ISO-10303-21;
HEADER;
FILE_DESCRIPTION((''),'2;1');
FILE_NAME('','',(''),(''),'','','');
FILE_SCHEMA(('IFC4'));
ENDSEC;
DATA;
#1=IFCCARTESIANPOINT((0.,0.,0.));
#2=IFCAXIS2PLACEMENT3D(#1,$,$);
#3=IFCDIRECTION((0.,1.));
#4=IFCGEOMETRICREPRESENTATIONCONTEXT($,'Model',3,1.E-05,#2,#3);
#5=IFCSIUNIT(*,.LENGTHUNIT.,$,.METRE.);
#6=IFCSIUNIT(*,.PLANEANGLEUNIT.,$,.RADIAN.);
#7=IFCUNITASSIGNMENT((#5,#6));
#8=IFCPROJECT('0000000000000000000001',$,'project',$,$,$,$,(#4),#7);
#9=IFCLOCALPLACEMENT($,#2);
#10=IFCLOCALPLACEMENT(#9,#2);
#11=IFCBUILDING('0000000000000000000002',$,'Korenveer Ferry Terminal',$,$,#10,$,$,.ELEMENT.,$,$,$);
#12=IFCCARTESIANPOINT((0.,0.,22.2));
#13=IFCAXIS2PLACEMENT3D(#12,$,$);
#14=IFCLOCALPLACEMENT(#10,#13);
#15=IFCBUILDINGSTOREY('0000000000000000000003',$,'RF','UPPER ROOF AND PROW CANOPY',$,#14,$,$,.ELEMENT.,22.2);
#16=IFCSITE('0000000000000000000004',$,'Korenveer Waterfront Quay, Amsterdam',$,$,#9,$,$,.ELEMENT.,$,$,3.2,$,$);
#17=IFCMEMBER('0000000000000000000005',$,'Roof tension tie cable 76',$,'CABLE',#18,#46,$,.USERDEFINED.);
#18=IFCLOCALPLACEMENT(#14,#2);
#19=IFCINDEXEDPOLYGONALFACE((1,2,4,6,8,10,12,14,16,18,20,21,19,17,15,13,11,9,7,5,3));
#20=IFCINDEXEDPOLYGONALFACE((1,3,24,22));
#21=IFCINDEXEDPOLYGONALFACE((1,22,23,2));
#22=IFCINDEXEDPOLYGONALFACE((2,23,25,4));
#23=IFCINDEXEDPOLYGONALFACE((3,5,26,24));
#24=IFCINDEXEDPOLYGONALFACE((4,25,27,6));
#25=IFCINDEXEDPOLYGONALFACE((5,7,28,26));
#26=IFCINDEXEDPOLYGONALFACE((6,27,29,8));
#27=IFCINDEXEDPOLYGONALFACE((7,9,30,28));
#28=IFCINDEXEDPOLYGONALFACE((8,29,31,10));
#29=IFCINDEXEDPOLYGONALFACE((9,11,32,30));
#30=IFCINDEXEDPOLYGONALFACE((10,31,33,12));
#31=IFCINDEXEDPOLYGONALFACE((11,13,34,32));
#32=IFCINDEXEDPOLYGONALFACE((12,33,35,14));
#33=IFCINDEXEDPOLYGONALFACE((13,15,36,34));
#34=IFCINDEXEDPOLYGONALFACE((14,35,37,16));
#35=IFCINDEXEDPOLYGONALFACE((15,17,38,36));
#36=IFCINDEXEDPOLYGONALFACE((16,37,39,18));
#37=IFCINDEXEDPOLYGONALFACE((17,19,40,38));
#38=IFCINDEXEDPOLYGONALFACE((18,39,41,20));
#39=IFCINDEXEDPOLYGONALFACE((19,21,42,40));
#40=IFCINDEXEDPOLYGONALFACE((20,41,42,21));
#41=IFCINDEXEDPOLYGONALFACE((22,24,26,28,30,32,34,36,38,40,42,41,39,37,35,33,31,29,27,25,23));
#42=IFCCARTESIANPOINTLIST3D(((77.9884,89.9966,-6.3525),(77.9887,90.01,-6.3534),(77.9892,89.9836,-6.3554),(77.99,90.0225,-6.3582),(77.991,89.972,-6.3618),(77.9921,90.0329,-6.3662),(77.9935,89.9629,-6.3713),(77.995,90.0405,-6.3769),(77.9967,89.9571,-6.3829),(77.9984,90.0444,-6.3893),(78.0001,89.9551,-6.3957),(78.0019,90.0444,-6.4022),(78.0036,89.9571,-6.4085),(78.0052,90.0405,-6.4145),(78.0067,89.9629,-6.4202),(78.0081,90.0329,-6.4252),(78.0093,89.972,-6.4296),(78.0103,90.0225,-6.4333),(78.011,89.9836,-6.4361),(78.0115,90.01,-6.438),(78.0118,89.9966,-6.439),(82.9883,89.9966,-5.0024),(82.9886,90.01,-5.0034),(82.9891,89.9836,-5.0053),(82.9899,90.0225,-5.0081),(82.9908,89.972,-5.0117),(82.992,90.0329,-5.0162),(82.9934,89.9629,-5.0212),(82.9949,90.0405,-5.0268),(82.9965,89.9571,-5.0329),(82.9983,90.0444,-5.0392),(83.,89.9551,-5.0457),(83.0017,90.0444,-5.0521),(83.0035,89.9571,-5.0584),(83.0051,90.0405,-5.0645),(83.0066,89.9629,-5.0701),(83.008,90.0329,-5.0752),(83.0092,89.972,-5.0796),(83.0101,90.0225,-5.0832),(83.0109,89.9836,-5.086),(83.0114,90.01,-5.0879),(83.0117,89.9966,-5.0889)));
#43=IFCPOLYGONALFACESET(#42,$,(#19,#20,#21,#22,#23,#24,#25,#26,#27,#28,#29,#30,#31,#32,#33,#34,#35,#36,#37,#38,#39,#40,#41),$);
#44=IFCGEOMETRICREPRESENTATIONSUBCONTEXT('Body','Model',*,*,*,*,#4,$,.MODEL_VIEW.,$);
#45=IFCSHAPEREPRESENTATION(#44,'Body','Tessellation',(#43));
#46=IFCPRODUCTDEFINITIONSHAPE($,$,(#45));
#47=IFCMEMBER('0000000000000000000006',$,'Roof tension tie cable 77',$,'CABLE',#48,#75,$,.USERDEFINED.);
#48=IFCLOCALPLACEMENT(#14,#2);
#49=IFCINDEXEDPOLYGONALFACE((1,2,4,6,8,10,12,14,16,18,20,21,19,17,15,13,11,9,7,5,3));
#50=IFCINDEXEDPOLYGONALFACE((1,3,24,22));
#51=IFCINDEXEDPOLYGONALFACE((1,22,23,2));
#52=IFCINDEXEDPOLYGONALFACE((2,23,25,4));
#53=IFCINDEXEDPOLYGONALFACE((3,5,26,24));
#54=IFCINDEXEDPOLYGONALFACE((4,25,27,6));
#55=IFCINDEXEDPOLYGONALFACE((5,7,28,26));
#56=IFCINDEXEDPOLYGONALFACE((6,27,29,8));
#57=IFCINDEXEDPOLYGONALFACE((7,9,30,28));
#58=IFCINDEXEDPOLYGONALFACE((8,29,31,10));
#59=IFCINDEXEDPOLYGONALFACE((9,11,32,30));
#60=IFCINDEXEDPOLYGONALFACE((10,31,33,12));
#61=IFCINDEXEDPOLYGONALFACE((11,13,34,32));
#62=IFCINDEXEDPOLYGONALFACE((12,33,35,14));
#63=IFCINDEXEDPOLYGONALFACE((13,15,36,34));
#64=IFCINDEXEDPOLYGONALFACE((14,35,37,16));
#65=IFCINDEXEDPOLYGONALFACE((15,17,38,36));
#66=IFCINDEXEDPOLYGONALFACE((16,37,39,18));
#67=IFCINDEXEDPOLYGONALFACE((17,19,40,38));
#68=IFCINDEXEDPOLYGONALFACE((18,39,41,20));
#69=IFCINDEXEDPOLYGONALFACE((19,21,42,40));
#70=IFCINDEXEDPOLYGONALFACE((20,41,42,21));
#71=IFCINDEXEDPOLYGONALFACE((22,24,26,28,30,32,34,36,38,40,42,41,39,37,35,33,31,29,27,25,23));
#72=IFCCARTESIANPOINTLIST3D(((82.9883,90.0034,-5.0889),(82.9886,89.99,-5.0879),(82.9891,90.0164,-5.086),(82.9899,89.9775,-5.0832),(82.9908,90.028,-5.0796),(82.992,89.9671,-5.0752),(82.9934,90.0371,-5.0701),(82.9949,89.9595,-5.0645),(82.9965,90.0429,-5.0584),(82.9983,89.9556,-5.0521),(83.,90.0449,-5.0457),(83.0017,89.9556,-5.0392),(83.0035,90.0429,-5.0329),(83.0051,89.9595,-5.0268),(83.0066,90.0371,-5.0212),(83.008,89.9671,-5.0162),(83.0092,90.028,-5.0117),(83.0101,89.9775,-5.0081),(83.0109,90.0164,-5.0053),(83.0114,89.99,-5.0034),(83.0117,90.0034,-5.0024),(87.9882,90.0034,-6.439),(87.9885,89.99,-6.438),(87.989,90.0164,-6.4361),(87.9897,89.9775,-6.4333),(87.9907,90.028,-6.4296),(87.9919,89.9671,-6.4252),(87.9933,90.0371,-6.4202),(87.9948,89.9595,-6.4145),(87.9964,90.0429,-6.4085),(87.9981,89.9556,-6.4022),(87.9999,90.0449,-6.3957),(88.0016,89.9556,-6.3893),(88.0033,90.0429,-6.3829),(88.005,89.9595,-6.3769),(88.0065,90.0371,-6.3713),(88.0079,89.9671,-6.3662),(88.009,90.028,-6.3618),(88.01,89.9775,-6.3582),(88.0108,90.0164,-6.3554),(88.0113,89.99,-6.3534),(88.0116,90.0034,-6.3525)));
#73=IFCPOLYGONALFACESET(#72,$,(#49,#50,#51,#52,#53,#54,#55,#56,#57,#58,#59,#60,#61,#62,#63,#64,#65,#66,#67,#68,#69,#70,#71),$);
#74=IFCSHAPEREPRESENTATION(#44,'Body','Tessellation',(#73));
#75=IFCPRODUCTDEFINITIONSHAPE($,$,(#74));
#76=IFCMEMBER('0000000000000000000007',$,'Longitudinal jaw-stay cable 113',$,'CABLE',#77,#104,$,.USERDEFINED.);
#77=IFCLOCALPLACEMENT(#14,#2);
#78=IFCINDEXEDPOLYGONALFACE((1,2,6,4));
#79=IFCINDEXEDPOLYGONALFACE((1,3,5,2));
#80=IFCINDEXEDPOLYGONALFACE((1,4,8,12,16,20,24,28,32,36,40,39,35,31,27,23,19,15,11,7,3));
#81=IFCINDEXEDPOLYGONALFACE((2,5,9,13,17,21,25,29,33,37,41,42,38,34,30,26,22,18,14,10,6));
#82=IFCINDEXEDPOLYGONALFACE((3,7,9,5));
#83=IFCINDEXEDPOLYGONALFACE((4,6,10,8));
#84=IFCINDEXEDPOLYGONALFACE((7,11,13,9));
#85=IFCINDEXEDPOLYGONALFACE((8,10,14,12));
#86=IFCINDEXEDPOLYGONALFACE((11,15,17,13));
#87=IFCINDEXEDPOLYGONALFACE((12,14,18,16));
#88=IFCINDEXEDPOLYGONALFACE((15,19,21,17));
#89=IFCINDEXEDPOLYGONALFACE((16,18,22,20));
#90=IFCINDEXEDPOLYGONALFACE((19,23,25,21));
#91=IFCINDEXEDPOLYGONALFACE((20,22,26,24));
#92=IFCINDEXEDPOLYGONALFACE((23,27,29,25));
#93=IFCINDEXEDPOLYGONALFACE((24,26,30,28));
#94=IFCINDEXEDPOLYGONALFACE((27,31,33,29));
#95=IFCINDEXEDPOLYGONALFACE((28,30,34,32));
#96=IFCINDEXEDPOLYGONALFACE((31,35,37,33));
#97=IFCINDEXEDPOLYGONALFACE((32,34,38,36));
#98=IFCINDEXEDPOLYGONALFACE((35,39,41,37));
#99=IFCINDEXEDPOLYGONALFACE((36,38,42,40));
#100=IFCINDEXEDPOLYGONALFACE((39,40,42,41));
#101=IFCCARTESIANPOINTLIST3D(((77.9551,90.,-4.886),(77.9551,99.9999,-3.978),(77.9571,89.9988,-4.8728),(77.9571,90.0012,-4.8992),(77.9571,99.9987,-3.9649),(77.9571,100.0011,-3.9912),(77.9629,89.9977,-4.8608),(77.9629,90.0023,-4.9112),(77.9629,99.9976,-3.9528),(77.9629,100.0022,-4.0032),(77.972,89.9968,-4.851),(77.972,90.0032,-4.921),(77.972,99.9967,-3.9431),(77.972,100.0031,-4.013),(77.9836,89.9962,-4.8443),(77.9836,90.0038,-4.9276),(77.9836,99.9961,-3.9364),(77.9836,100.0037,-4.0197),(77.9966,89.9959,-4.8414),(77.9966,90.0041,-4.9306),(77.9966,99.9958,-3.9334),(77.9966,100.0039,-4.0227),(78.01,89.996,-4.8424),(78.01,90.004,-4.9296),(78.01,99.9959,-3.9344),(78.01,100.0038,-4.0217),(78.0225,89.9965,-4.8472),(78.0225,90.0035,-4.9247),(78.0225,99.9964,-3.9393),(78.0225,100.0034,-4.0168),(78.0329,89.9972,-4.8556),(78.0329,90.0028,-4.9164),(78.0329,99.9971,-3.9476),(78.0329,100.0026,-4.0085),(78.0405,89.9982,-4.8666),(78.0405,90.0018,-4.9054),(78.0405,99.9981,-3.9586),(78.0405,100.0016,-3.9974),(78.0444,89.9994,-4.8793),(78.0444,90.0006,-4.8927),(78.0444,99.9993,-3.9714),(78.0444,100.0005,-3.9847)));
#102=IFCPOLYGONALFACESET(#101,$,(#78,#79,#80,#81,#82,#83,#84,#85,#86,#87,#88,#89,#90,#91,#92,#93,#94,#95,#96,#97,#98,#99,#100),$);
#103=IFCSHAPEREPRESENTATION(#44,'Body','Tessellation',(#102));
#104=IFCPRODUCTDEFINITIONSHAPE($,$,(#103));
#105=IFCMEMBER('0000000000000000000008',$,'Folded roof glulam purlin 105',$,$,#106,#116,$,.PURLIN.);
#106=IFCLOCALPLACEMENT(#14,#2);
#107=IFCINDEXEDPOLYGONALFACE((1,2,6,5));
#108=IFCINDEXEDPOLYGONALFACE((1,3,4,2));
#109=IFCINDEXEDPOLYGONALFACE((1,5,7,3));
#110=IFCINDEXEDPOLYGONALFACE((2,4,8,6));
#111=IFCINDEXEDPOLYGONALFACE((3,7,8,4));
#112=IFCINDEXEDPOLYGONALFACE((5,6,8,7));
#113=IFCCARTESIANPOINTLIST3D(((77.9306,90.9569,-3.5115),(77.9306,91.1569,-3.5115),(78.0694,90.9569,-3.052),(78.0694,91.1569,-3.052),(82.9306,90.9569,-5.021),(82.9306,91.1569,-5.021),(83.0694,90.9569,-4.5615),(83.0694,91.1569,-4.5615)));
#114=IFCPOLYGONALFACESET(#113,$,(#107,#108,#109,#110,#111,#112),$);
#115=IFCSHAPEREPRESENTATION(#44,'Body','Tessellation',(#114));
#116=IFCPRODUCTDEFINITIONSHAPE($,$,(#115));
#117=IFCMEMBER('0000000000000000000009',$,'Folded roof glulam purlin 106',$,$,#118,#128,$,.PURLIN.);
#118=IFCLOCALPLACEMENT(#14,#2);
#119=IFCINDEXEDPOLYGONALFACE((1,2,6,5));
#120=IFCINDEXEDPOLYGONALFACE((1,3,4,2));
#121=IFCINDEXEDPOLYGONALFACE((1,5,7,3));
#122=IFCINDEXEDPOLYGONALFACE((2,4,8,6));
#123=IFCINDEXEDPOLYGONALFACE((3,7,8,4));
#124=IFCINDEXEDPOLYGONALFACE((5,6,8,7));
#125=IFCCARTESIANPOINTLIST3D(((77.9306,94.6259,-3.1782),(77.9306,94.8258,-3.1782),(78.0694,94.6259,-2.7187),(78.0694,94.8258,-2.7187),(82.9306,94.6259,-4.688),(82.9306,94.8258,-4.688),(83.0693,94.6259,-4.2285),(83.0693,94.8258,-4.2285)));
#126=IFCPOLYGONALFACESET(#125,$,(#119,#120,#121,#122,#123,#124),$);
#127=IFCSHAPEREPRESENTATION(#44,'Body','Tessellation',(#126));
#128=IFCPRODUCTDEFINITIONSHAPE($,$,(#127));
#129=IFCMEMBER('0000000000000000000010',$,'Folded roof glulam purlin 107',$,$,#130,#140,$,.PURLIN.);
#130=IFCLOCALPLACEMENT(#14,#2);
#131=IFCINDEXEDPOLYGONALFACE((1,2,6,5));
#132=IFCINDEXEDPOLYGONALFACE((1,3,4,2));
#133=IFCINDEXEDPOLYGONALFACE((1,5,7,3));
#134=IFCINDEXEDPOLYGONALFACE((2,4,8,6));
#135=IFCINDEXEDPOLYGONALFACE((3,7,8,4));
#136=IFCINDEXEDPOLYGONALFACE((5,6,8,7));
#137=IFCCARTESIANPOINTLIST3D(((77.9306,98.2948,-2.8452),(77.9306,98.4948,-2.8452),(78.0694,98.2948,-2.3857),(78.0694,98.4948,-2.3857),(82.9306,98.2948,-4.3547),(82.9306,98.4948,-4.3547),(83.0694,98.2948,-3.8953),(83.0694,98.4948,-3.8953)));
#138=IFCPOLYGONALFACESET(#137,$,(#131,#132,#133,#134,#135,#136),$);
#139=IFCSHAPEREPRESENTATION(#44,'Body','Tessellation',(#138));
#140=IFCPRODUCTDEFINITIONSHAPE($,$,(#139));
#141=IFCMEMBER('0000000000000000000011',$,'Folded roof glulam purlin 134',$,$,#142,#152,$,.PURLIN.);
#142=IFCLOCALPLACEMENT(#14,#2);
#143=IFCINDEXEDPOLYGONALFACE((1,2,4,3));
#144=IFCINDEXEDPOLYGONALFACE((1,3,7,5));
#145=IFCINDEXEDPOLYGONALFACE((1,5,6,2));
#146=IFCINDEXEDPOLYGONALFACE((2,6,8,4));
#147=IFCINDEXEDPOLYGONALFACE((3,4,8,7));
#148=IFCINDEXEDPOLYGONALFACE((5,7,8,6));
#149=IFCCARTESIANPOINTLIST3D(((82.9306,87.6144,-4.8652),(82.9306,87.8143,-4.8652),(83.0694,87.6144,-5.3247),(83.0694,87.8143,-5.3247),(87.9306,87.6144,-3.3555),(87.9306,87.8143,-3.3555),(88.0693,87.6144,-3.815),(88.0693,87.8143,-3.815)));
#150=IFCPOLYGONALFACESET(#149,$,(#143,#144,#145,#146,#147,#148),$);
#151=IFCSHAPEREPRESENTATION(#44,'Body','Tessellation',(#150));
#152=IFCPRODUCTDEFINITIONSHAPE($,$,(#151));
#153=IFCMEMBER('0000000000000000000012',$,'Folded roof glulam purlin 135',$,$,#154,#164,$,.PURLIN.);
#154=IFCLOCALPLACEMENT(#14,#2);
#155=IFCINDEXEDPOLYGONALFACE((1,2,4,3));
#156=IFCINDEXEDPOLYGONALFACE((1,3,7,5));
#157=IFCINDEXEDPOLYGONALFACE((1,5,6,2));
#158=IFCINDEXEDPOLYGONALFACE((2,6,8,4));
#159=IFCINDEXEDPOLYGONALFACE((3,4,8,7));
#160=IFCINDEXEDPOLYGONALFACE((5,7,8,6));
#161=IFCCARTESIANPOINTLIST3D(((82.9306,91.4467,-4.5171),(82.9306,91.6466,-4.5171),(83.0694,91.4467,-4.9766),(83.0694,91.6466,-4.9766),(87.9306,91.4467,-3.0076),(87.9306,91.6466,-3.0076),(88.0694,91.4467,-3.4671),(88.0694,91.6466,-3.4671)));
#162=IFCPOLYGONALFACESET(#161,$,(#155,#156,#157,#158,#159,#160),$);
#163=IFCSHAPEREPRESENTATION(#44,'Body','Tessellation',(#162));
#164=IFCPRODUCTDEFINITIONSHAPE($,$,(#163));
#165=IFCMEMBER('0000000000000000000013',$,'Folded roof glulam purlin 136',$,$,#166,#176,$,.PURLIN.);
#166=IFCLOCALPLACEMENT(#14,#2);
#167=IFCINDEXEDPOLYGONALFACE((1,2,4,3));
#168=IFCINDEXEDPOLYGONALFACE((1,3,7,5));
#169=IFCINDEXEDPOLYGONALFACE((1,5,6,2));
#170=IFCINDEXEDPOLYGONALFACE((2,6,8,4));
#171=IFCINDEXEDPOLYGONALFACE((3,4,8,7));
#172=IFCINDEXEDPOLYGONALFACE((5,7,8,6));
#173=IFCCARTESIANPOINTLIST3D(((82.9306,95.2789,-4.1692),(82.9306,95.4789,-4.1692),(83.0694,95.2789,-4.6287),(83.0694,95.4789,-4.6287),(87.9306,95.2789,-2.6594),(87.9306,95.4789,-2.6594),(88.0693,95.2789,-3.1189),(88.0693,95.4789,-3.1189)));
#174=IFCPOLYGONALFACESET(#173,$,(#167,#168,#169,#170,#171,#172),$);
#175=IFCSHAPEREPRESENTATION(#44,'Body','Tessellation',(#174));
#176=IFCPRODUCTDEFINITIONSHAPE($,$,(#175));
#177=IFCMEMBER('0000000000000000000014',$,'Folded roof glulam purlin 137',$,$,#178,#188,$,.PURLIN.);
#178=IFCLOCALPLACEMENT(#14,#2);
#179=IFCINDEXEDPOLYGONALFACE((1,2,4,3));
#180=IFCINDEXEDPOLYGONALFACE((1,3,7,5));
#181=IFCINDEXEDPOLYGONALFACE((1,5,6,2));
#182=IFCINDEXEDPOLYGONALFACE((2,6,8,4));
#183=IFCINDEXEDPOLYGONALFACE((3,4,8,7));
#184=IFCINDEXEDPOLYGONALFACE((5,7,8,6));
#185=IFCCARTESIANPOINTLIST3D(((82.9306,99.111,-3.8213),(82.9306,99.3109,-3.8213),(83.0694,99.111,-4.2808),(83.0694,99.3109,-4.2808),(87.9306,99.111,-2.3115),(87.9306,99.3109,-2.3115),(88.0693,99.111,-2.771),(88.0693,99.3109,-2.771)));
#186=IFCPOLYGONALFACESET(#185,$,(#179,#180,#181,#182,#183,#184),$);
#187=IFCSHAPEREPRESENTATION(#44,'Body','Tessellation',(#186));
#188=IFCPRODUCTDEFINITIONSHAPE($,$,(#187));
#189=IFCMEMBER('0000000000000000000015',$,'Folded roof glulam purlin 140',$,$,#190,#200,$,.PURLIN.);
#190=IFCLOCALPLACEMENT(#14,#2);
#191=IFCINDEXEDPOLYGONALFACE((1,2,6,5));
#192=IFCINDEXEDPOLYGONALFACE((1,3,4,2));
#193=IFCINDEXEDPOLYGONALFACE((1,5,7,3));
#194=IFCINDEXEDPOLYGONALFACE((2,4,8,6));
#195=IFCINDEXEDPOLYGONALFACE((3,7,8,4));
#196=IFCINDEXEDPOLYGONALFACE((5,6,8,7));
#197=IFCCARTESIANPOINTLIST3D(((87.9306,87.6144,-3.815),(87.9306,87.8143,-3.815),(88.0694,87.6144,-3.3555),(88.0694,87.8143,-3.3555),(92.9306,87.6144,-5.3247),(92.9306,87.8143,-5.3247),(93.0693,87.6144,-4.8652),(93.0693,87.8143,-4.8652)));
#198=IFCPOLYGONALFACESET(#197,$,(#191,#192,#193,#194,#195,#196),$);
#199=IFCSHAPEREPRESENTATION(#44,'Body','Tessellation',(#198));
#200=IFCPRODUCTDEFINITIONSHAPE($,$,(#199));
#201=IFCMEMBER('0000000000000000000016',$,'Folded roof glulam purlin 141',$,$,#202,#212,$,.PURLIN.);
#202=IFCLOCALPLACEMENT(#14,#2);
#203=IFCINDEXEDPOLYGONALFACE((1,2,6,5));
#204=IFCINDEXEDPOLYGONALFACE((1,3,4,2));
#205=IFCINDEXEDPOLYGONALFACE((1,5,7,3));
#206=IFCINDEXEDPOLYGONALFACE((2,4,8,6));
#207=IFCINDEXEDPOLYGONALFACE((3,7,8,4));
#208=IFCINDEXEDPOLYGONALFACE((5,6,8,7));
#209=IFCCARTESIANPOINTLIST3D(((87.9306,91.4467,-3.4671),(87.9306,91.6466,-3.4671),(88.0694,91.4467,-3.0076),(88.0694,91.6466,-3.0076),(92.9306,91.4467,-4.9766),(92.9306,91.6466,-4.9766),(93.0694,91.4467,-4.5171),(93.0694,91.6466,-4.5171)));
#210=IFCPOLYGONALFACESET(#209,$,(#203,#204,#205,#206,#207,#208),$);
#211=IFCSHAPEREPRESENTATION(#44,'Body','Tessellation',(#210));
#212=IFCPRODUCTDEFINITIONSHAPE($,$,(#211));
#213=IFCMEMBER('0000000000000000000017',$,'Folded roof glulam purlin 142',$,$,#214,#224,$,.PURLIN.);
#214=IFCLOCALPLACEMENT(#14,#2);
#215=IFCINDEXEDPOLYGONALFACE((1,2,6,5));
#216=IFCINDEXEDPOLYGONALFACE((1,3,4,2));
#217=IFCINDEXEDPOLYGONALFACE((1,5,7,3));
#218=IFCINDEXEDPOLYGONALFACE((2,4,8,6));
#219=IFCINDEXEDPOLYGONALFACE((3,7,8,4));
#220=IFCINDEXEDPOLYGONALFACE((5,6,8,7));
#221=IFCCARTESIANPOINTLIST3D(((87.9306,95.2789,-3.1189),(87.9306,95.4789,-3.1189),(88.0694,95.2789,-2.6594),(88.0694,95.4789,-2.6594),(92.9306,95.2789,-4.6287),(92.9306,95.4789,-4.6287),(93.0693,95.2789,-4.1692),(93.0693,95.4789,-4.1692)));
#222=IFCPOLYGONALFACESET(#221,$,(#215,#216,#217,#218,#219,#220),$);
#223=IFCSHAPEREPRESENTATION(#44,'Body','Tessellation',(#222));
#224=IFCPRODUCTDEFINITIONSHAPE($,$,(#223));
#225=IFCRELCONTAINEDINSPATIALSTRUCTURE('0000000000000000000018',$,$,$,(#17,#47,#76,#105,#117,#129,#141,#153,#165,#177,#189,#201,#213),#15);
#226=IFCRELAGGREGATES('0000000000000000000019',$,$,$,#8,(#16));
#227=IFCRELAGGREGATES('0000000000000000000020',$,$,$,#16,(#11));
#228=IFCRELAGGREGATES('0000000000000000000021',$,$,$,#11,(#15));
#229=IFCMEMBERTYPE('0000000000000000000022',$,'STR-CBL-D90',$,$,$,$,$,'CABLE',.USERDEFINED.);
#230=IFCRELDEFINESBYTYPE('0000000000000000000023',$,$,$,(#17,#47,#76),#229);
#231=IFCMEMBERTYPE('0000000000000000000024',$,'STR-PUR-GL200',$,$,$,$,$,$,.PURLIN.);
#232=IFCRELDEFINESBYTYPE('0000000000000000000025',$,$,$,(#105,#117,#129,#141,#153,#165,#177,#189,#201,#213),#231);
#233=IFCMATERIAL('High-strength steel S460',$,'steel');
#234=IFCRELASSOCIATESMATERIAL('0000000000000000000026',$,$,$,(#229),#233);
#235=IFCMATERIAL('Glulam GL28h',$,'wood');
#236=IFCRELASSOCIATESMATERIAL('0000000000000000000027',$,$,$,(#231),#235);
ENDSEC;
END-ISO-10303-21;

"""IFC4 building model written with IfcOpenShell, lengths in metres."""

from ifc_helpers import new_model, si_unit, direction, frame, origin, origin_2d, place, context, subcontext, project, spatial, rectangle, circle, extrude, material, material_profile, profile_set, type_object, element, save


model = new_model("IFC4")

# Units and contexts
model_context = context("Model", 3, precision=1e-05, world=origin(), true_north=direction((0.0, 1.0)))
body_context = subcontext(model_context, "Body", "Model", "MODEL_VIEW")
ifc_project = project(units=[si_unit("LENGTHUNIT", "METRE"), si_unit("PLANEANGLEUNIT", "RADIAN")], contexts=[model_context])

# Site, building, storey
site_placement = place(None, origin())
site = spatial("IfcSite", under=ifc_project, at=site_placement, Name="Korenveer Waterfront Quay, Amsterdam", CompositionType="ELEMENT", RefElevation=3.2)
building_placement = place(site_placement, origin())
building = spatial("IfcBuilding", under=site, at=building_placement, Name="Korenveer Ferry Terminal", CompositionType="ELEMENT")
storey_placement = place(building_placement, frame((0.0, 0.0, 22.2)))
storey = spatial("IfcBuildingStorey", under=building, at=storey_placement, Name="RF", Description="UPPER ROOF AND PROW CANOPY", CompositionType="ELEMENT", Elevation=22.2)

# Members
ifc_material_1 = material(Name="High-strength steel S460", Category="steel")
ifc_material_profile_1 = material_profile(ifc_material_1, circle(Radius=0.0449, at=origin_2d()), Name="ROD D90")
ifc_profile_set_1 = profile_set([ifc_material_profile_1], Name="High-strength steel S460")
member_type_1 = type_object("IfcMemberType", Name="STR-CBL-D90", ElementType="CABLE", PredefinedType="USERDEFINED", material=ifc_profile_set_1)
for number, where, z_axis, x_axis, name in (
    (1, (83.0, 90.0, -5.0457), (-0.965424, 0.0, -0.260683), (0.0, -1.0, 0.0), "Roof tension tie cable 76"),
    (2, (83.0, 90.0, -5.0457), (0.965424, 0.0, -0.260683), (0.0, 1.0, 0.0), "Roof tension tie cable 77"),
):
    element("IfcMember", number, at=place(storey_placement, frame(where, z_axis=z_axis, x_axis=x_axis)), inside=storey, type_object=member_type_1, Name=name, ObjectType="CABLE", PredefinedType="USERDEFINED", context=body_context, shape_type="SweptSolid", body=[
        extrude(circle(Radius=0.0449, at=origin_2d()), origin(), (0.0, 0.0, 1.0), 5.179),
    ])
member_1_placement = place(storey_placement, frame((78.0, 90.0, -4.886), z_axis=(0.0, 0.995903, 0.090424), x_axis=(-1.0, 0.0, 0.0)))
element("IfcMember", 3, at=member_1_placement, inside=storey, type_object=member_type_1, Name="Longitudinal jaw-stay cable 113", ObjectType="CABLE", PredefinedType="USERDEFINED", context=body_context, shape_type="SweptSolid", body=[
    extrude(circle(Radius=0.0449, at=origin_2d()), origin(), (0.0, 0.0, 1.0), 10.041),
])
ifc_material_2 = material(Name="Glulam GL28h", Category="wood")
ifc_material_profile_2 = material_profile(ifc_material_2, rectangle(XDim=0.2, YDim=0.48, at=origin_2d()), Name="GL 200x480")
ifc_profile_set_2 = profile_set([ifc_material_profile_2], Name="Glulam GL28h")
member_type_2 = type_object("IfcMemberType", Name="STR-PUR-GL200", PredefinedType="PURLIN", material=ifc_profile_set_2)
for number, where, z_axis, x_axis, name in (
    (4, (78.0, 91.0569, -3.2817), (0.957323, 0.0, -0.28902), (0.0, 1.0, 0.0), "Folded roof glulam purlin 105"),
    (5, (78.0, 94.7258, -2.9485), (0.95731, 0.0, -0.289063), (0.0, 1.0, 0.0), "Folded roof glulam purlin 106"),
    (6, (78.0, 98.3948, -2.6155), (0.957323, 0.0, -0.28902), (0.0, 1.0, 0.0), "Folded roof glulam purlin 107"),
    (7, (83.0, 87.7144, -5.095), (0.95731, 0.0, 0.289063), (0.0, 1.0, 0.0), "Folded roof glulam purlin 134"),
    (8, (83.0, 91.5466, -4.7468), (0.957323, 0.0, 0.28902), (0.0, 1.0, 0.0), "Folded roof glulam purlin 135"),
    (9, (83.0, 95.3789, -4.3989), (0.95731, 0.0, 0.289063), (0.0, 1.0, 0.0), "Folded roof glulam purlin 136"),
    (10, (83.0, 99.2109, -4.051), (0.95731, 0.0, 0.289063), (0.0, 1.0, 0.0), "Folded roof glulam purlin 137"),
    (11, (88.0, 87.7144, -3.5852), (0.95731, 0.0, -0.289063), (0.0, 1.0, 0.0), "Folded roof glulam purlin 140"),
    (12, (88.0, 91.5466, -3.2373), (0.957323, 0.0, -0.28902), (0.0, 1.0, 0.0), "Folded roof glulam purlin 141"),
    (13, (88.0, 95.3789, -2.8892), (0.95731, 0.0, -0.289063), (0.0, 1.0, 0.0), "Folded roof glulam purlin 142"),
):
    element("IfcMember", number, at=place(storey_placement, frame(where, z_axis=z_axis, x_axis=x_axis)), inside=storey, type_object=member_type_2, Name=name, PredefinedType="PURLIN", context=body_context, shape_type="SweptSolid", body=[
        extrude(rectangle(XDim=0.2, YDim=0.48, at=origin_2d()), origin(), (0.0, 0.0, 1.0), 5.2229),
    ])

save(model, "model.ifc")
